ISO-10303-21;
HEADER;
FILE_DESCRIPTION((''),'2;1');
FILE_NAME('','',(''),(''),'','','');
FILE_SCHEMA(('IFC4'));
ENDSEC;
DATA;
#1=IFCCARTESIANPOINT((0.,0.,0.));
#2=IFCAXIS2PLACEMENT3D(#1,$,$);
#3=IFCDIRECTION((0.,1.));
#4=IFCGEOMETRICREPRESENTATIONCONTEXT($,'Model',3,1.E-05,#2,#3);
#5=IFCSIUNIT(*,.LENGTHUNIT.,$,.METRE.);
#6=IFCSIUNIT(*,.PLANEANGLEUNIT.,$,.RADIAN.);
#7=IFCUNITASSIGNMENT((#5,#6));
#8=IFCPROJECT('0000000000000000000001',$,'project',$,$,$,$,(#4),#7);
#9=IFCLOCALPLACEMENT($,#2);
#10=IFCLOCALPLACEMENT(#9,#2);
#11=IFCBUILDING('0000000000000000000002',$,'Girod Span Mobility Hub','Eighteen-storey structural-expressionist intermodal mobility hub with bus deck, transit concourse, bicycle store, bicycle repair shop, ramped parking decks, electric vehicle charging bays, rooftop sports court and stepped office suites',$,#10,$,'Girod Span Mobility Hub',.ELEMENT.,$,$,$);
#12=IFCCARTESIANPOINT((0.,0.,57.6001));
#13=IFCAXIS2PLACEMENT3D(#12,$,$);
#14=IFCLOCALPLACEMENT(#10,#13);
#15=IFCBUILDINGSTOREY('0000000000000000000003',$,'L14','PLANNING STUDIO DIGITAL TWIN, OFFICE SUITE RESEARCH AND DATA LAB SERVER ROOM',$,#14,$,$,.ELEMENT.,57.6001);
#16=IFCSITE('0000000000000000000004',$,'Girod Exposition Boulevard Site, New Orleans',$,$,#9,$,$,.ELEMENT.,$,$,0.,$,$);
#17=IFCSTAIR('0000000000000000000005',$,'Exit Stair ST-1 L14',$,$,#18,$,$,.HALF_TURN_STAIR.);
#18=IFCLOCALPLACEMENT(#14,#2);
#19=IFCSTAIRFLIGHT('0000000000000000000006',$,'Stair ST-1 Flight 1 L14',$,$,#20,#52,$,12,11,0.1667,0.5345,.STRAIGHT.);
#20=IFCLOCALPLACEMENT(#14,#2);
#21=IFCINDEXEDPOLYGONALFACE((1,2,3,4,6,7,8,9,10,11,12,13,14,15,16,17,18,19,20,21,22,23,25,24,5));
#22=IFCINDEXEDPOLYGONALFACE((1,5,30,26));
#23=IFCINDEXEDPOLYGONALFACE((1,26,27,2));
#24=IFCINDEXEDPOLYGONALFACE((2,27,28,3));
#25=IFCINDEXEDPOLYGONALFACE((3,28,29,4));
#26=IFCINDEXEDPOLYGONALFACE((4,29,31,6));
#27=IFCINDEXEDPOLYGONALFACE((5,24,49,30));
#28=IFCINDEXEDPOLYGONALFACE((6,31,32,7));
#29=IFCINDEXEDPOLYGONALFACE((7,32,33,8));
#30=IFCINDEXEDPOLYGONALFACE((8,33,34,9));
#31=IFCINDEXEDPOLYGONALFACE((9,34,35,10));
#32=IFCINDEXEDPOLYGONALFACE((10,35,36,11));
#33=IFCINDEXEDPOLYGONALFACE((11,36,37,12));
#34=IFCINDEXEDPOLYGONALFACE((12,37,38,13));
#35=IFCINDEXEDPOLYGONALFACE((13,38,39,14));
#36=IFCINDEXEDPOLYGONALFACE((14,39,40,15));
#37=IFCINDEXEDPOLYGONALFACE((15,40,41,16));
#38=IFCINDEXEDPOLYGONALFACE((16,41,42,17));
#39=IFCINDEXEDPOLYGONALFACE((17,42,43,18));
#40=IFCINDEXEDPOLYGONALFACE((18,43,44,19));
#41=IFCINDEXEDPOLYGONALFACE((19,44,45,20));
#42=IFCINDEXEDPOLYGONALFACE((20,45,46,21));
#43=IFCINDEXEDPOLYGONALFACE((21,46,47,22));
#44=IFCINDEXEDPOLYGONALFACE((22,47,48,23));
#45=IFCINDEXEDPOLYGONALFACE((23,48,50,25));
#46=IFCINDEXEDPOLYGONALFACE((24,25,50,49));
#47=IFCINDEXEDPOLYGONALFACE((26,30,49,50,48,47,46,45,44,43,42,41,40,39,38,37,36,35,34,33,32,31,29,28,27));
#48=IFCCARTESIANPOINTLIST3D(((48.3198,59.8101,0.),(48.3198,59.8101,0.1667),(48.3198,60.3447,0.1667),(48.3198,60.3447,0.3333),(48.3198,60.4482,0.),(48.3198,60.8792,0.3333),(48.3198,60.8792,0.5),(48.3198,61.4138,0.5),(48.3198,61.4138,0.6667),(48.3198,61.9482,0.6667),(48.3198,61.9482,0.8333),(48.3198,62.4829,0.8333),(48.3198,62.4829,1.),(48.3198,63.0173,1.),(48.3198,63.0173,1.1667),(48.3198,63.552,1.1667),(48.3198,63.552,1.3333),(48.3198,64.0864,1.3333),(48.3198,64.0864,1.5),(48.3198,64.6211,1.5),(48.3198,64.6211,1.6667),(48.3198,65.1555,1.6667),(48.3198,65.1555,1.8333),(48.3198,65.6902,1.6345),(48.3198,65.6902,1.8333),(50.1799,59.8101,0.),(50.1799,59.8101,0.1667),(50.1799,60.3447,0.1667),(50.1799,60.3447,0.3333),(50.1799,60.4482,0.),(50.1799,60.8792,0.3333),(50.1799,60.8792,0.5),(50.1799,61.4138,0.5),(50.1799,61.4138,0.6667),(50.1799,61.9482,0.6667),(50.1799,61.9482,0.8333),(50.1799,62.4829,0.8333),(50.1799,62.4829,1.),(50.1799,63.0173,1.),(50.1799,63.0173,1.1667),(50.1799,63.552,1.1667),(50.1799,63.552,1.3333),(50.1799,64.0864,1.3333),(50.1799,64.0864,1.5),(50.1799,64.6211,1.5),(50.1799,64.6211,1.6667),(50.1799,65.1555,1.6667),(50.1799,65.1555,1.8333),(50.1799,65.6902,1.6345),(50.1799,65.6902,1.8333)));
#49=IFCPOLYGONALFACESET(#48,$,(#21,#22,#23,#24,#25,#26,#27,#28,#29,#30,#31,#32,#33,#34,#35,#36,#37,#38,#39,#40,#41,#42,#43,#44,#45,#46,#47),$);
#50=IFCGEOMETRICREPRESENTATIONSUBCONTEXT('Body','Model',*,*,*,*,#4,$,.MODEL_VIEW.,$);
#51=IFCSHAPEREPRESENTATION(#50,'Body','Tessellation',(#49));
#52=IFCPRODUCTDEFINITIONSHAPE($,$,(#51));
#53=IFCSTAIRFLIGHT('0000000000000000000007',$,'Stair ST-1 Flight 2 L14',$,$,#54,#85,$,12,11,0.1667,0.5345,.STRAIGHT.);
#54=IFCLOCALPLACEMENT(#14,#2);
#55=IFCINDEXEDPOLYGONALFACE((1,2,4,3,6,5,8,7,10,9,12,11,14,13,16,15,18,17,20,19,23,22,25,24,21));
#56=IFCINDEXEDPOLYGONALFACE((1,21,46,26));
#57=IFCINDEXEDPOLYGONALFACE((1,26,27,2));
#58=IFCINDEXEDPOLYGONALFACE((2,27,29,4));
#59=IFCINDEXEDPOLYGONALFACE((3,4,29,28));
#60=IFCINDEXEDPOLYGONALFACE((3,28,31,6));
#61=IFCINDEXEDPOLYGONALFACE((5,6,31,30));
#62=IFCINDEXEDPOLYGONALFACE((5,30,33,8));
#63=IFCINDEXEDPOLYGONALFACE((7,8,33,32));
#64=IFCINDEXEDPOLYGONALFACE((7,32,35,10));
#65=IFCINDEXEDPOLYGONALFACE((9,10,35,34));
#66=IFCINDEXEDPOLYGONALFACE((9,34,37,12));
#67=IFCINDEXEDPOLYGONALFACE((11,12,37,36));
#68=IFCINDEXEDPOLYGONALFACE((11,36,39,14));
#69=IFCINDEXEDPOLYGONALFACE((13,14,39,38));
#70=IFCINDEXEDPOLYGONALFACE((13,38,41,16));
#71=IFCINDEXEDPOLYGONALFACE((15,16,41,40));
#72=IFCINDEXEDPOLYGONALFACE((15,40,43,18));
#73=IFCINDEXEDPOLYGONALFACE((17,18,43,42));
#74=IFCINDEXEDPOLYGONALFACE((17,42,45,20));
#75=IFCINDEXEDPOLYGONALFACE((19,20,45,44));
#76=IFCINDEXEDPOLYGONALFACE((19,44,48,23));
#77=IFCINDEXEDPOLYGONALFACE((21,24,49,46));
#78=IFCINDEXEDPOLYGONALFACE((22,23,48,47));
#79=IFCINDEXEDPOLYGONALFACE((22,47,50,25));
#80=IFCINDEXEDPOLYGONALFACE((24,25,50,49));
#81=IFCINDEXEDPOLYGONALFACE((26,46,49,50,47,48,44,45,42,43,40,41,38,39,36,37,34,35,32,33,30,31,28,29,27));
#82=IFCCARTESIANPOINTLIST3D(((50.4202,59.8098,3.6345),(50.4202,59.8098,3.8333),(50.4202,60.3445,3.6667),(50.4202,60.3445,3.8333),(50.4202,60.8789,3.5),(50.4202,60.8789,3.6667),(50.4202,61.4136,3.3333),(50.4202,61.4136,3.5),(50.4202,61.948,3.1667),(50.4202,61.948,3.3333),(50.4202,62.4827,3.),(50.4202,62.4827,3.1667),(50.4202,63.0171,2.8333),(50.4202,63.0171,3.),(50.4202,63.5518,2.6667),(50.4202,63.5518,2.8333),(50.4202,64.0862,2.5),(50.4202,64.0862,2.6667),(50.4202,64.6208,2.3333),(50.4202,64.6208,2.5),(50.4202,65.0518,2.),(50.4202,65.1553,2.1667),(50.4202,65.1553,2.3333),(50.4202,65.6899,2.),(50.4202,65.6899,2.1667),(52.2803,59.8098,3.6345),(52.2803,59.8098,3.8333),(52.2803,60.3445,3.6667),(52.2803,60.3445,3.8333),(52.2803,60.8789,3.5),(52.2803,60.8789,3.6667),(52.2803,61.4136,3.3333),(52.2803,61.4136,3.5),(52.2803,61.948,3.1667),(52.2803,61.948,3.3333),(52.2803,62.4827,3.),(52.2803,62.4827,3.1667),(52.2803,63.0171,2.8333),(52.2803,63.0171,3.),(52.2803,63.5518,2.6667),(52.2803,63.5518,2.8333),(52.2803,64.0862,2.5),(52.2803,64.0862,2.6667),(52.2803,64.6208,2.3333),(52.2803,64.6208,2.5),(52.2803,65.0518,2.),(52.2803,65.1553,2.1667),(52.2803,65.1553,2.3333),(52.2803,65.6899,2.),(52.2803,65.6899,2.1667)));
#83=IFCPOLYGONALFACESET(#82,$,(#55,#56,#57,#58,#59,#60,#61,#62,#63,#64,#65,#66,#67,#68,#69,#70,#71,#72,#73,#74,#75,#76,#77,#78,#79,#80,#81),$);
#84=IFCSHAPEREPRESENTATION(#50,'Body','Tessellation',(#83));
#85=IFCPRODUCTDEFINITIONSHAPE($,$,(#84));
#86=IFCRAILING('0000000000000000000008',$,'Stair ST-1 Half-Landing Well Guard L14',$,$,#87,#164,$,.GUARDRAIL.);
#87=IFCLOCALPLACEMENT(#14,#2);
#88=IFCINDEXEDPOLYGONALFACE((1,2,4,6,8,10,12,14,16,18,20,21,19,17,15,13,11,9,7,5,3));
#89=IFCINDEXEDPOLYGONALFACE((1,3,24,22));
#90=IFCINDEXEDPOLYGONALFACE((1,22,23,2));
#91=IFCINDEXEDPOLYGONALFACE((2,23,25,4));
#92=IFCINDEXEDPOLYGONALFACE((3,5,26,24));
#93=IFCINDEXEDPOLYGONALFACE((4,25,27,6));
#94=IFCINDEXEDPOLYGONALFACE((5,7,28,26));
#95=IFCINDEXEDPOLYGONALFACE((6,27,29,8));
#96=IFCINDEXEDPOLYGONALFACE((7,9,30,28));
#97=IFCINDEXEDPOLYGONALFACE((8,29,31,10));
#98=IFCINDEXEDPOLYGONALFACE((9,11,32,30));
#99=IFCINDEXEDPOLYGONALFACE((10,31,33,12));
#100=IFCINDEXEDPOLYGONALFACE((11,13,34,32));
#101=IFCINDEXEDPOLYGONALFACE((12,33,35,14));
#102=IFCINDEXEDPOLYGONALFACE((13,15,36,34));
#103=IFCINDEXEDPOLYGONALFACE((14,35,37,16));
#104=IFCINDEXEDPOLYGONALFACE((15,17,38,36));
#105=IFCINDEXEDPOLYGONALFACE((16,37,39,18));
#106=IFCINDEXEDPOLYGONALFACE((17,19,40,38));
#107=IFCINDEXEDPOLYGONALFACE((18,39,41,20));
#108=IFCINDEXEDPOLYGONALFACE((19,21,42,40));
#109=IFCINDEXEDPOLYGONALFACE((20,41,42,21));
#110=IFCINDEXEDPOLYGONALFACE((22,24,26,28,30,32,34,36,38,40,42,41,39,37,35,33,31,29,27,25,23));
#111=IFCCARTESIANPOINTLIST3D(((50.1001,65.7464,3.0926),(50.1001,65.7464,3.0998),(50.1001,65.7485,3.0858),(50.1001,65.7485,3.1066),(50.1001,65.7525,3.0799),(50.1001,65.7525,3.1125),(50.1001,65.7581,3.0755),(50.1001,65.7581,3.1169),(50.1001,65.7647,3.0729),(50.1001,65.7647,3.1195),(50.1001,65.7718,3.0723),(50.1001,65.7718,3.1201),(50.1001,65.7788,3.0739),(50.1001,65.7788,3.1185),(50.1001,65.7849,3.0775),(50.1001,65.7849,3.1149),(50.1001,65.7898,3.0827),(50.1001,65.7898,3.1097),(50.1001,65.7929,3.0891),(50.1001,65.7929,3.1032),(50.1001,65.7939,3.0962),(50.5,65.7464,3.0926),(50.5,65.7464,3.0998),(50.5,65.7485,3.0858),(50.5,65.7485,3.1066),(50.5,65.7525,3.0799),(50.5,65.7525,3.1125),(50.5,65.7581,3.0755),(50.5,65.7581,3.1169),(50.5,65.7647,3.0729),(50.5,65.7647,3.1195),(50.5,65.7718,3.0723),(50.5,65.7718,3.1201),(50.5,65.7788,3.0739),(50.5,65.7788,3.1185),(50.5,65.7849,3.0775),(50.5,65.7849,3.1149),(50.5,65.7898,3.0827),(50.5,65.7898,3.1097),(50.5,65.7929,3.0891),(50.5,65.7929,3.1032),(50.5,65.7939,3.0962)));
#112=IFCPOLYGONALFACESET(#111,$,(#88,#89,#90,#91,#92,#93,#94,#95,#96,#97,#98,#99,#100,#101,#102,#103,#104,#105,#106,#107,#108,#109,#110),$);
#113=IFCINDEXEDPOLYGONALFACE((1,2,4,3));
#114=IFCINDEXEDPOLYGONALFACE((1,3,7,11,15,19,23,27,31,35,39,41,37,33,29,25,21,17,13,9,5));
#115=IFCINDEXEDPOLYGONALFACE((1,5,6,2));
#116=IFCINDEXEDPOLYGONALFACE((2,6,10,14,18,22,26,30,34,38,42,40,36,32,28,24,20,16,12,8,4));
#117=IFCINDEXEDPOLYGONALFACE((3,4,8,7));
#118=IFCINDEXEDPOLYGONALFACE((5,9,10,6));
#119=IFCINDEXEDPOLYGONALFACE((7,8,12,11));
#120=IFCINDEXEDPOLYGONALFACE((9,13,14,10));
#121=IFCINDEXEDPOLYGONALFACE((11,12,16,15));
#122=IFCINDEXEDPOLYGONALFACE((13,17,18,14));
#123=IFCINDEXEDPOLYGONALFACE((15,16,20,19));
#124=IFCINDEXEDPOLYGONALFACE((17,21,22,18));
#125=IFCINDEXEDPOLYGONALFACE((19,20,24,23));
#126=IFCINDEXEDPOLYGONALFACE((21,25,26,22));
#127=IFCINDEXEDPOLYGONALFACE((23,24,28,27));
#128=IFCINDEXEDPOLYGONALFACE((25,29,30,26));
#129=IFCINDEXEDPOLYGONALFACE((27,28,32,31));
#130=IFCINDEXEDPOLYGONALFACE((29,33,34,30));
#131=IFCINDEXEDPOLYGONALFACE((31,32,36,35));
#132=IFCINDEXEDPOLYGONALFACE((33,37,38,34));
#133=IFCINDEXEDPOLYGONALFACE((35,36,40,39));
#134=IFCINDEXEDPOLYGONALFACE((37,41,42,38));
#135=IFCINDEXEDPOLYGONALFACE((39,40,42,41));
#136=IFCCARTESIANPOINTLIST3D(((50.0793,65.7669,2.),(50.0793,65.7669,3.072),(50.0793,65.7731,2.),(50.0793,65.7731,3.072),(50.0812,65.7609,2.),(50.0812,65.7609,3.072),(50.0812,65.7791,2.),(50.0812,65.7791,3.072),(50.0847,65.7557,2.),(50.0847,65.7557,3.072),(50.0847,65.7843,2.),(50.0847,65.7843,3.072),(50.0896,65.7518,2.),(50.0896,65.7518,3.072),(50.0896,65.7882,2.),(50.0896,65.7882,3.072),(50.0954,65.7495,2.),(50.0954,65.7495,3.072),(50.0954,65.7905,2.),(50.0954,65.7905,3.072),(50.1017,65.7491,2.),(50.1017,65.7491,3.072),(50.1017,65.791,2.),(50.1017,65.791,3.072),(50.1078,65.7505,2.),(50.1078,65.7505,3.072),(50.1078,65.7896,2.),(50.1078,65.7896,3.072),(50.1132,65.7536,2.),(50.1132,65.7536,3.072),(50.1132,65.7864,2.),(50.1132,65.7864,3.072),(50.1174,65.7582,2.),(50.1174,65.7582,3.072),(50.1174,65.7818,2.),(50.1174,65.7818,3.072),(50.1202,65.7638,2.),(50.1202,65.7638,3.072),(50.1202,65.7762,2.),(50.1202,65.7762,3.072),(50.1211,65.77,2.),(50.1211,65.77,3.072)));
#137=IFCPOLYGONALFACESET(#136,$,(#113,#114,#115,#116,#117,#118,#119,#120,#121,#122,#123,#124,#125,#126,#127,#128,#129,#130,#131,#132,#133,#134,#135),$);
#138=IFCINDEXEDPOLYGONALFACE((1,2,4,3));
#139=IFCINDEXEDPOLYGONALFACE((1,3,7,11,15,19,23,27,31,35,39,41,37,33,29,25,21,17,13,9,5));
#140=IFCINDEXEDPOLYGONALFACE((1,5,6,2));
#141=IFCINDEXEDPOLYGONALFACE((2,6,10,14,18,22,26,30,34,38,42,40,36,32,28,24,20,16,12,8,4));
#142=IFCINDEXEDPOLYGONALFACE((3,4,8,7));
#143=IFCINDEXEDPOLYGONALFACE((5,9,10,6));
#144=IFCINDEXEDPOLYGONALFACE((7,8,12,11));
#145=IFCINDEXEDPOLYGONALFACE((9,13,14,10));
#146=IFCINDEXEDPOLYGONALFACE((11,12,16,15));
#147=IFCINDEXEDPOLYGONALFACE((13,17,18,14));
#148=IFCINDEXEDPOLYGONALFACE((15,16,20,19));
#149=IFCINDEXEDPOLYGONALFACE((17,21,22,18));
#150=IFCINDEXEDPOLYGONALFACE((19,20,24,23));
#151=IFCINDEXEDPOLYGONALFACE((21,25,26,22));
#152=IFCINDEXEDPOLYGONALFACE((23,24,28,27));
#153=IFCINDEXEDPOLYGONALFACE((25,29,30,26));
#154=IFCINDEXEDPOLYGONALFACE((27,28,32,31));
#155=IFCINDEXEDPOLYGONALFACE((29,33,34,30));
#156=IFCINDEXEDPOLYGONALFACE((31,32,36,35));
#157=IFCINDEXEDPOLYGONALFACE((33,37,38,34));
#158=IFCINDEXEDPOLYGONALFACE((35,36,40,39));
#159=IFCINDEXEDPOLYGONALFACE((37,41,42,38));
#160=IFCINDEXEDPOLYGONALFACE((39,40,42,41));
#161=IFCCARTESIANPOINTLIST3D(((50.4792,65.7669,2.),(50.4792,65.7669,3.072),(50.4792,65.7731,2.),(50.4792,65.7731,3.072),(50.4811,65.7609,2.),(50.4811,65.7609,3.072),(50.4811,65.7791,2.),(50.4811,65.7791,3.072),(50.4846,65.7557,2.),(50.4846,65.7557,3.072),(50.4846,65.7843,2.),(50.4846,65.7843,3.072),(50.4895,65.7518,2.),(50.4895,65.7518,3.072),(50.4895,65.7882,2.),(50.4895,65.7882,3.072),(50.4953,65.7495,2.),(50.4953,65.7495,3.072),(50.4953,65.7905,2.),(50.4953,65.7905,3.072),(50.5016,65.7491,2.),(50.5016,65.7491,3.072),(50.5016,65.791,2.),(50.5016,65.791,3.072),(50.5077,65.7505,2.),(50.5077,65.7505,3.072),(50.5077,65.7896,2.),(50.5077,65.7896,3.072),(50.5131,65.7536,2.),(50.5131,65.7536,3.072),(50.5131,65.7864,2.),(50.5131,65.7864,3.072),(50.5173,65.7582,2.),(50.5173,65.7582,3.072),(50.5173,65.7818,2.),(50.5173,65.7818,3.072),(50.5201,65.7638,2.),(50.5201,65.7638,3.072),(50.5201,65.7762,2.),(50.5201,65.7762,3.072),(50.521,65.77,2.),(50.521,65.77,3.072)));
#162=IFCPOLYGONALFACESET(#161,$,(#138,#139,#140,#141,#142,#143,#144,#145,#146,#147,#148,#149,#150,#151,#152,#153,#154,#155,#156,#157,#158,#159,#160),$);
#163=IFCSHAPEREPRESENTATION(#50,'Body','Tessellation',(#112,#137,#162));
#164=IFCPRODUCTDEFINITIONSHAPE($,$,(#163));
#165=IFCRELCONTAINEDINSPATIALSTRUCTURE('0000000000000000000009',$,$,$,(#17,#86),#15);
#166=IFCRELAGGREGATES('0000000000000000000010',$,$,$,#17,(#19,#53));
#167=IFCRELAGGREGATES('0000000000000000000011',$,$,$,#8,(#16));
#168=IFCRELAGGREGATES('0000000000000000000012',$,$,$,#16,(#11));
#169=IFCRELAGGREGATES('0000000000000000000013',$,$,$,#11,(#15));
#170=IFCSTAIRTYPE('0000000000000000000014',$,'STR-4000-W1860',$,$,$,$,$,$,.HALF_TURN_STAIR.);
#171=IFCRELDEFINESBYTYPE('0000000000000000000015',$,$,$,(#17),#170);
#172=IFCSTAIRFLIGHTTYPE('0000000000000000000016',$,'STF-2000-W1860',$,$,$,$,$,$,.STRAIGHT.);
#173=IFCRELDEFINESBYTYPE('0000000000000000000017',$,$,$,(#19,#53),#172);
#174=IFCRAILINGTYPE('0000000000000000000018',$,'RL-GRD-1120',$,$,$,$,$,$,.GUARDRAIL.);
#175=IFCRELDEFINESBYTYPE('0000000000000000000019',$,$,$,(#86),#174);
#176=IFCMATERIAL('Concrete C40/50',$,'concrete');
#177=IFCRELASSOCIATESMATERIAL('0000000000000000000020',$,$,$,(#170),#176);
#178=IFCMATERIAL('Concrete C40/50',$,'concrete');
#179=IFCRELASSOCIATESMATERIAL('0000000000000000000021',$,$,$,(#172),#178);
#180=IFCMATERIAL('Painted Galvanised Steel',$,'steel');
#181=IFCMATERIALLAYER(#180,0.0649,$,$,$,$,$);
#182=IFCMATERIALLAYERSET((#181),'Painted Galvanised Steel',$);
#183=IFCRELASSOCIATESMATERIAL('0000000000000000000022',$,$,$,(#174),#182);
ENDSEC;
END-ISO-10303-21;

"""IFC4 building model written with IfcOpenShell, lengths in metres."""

from ifc_helpers import new_model, si_unit, direction, frame, origin, origin_2d, place, context, subcontext, project, spatial, polyline, circle, outline, extrude, material, layer, layer_set, type_object, element, aggregate, save


model = new_model("IFC4")

# Units and contexts
model_context = context("Model", 3, precision=1e-05, world=origin(), true_north=direction((0.0, 1.0)))
body_context = subcontext(model_context, "Body", "Model", "MODEL_VIEW")
ifc_project = project(units=[si_unit("LENGTHUNIT", "METRE"), si_unit("PLANEANGLEUNIT", "RADIAN")], contexts=[model_context])

# Site, building, storey
site_placement = place(None, origin())
site = spatial("IfcSite", under=ifc_project, at=site_placement, Name="Girod Exposition Boulevard Site, New Orleans", CompositionType="ELEMENT", RefElevation=0.0)
building_placement = place(site_placement, origin())
building = spatial("IfcBuilding", under=site, at=building_placement, Name="Girod Span Mobility Hub", Description="Eighteen-storey structural-expressionist intermodal mobility hub with bus deck, transit concourse, bicycle store, bicycle repair shop, ramped parking decks, electric vehicle charging bays, rooftop sports court and stepped office suites", LongName="Girod Span Mobility Hub", CompositionType="ELEMENT")
storey_placement = place(building_placement, frame((0.0, 0.0, 57.6001)))
storey = spatial("IfcBuildingStorey", under=building, at=storey_placement, Name="L14", Description="PLANNING STUDIO DIGITAL TWIN, OFFICE SUITE RESEARCH AND DATA LAB SERVER ROOM", CompositionType="ELEMENT", Elevation=57.6001)

# Stair, stair flights
ifc_material_1 = material(Name="Concrete C40/50", Category="concrete")
stair_type = type_object("IfcStairType", Name="STR-4000-W1860", PredefinedType="HALF_TURN_STAIR", material=ifc_material_1)
stair_placement = place(storey_placement, origin())
stair = element("IfcStair", 1, at=stair_placement, inside=storey, type_object=stair_type, Name="Exit Stair ST-1 L14", PredefinedType="HALF_TURN_STAIR")
ifc_material_2 = material(Name="Concrete C40/50", Category="concrete")
stair_flight_type = type_object("IfcStairFlightType", Name="STF-2000-W1860", PredefinedType="STRAIGHT", material=ifc_material_2)
stair_flight_1_placement = place(storey_placement, frame((49.25, 59.8101, 0.0), z_axis=(0.0, 0.0, 1.0), x_axis=(0.0, 1.0, 0.0)))
stair_flight_1 = element("IfcStairFlight", 2, at=stair_flight_1_placement, type_object=stair_flight_type, Name="Stair ST-1 Flight 1 L14", NumberOfRisers=12, NumberOfTreads=11, PredefinedType="STRAIGHT", RiserHeight=0.1667, TreadLength=0.5345, context=body_context, shape_type="SweptSolid", body=[
    extrude(outline(polyline([(0.0, 0.0), (0.0, 0.1667), (0.5347, 0.1667), (0.5347, 0.3333), (1.0691, 0.3333), (1.0691, 0.5), (1.6038, 0.5), (1.6038, 0.6667), (2.1382, 0.6667), (2.1382, 0.8333), (2.6729, 0.8333), (2.6729, 1.0), (3.2073, 1.0), (3.2073, 1.1667), (3.7419, 1.1667), (3.7419, 1.3333), (4.2764, 1.3333), (4.2764, 1.5), (4.811, 1.5), (4.811, 1.6667), (5.3455, 1.6667), (5.3455, 1.8333), (5.8801, 1.8333), (5.8801, 2.0), (5.8801, 1.6345), (0.6382, 0.0), (0.0, 0.0)])), frame((0.0, 0.9302, 0.0), z_axis=(0.0, -1.0, 0.0), x_axis=(1.0, 0.0, 0.0)), (0.0, 0.0, 1.0), 1.8601),
])
stair_flight_2_placement = place(storey_placement, frame((51.3501, 65.6899, 2.0), z_axis=(0.0, 0.0, 1.0), x_axis=(0.0, -1.0, 0.0)))
stair_flight_2 = element("IfcStairFlight", 3, at=stair_flight_2_placement, type_object=stair_flight_type, Name="Stair ST-1 Flight 2 L14", NumberOfRisers=12, NumberOfTreads=11, PredefinedType="STRAIGHT", RiserHeight=0.1667, TreadLength=0.5345, context=body_context, shape_type="SweptSolid", body=[
    extrude(outline(polyline([(0.0, 0.0), (0.0, 0.1667), (0.5347, 0.1667), (0.5347, 0.3333), (1.0691, 0.3333), (1.0691, 0.5), (1.6038, 0.5), (1.6038, 0.6667), (2.1382, 0.6667), (2.1382, 0.8333), (2.6729, 0.8333), (2.6729, 1.0), (3.2073, 1.0), (3.2073, 1.1667), (3.7419, 1.1667), (3.7419, 1.3333), (4.2764, 1.3333), (4.2764, 1.5), (4.811, 1.5), (4.811, 1.6667), (5.3455, 1.6667), (5.3455, 1.8333), (5.8801, 1.8333), (5.8801, 2.0), (5.8801, 1.6345), (0.6382, 0.0), (0.0, 0.0)])), frame((0.0, 0.9302, 0.0), z_axis=(0.0, -1.0, 0.0), x_axis=(1.0, 0.0, 0.0)), (0.0, 0.0, 1.0), 1.8601),
])
aggregate(stair, [stair_flight_1, stair_flight_2])

# Railing
ifc_material_3 = material(Name="Painted Galvanised Steel", Category="steel")
ifc_layer_1 = layer(ifc_material_3, 0.0649)
ifc_layer_set_1 = layer_set([ifc_layer_1], Name="Painted Galvanised Steel")
railing_type_1 = type_object("IfcRailingType", Name="RL-GRD-1120", PredefinedType="GUARDRAIL", material=ifc_layer_set_1)
for number, where, name in (
    (4, (50.1001, 65.77, 2.0), "Stair ST-1 Half-Landing Well Guard L14"),
):
    element("IfcRailing", number, at=place(storey_placement, frame(where)), inside=storey, type_object=railing_type_1, Name=name, PredefinedType="GUARDRAIL", context=body_context, shape_type="SweptSolid", body=[
        extrude(circle(Radius=0.0239, at=origin_2d()), frame((0.0, 0.0, 1.0962), z_axis=(1.0, 0.0, 0.0), x_axis=(0.0, 1.0, 0.0)), (0.0, 0.0, 1.0), 0.3999),
        extrude(circle(Radius=0.021, at=origin_2d()), origin(), (0.0, 0.0, 1.0), 1.072),
        extrude(circle(Radius=0.021, at=origin_2d()), frame((0.3999, 0.0, 0.0)), (0.0, 0.0, 1.0), 1.072),
    ])

save(model, "model.ifc")
